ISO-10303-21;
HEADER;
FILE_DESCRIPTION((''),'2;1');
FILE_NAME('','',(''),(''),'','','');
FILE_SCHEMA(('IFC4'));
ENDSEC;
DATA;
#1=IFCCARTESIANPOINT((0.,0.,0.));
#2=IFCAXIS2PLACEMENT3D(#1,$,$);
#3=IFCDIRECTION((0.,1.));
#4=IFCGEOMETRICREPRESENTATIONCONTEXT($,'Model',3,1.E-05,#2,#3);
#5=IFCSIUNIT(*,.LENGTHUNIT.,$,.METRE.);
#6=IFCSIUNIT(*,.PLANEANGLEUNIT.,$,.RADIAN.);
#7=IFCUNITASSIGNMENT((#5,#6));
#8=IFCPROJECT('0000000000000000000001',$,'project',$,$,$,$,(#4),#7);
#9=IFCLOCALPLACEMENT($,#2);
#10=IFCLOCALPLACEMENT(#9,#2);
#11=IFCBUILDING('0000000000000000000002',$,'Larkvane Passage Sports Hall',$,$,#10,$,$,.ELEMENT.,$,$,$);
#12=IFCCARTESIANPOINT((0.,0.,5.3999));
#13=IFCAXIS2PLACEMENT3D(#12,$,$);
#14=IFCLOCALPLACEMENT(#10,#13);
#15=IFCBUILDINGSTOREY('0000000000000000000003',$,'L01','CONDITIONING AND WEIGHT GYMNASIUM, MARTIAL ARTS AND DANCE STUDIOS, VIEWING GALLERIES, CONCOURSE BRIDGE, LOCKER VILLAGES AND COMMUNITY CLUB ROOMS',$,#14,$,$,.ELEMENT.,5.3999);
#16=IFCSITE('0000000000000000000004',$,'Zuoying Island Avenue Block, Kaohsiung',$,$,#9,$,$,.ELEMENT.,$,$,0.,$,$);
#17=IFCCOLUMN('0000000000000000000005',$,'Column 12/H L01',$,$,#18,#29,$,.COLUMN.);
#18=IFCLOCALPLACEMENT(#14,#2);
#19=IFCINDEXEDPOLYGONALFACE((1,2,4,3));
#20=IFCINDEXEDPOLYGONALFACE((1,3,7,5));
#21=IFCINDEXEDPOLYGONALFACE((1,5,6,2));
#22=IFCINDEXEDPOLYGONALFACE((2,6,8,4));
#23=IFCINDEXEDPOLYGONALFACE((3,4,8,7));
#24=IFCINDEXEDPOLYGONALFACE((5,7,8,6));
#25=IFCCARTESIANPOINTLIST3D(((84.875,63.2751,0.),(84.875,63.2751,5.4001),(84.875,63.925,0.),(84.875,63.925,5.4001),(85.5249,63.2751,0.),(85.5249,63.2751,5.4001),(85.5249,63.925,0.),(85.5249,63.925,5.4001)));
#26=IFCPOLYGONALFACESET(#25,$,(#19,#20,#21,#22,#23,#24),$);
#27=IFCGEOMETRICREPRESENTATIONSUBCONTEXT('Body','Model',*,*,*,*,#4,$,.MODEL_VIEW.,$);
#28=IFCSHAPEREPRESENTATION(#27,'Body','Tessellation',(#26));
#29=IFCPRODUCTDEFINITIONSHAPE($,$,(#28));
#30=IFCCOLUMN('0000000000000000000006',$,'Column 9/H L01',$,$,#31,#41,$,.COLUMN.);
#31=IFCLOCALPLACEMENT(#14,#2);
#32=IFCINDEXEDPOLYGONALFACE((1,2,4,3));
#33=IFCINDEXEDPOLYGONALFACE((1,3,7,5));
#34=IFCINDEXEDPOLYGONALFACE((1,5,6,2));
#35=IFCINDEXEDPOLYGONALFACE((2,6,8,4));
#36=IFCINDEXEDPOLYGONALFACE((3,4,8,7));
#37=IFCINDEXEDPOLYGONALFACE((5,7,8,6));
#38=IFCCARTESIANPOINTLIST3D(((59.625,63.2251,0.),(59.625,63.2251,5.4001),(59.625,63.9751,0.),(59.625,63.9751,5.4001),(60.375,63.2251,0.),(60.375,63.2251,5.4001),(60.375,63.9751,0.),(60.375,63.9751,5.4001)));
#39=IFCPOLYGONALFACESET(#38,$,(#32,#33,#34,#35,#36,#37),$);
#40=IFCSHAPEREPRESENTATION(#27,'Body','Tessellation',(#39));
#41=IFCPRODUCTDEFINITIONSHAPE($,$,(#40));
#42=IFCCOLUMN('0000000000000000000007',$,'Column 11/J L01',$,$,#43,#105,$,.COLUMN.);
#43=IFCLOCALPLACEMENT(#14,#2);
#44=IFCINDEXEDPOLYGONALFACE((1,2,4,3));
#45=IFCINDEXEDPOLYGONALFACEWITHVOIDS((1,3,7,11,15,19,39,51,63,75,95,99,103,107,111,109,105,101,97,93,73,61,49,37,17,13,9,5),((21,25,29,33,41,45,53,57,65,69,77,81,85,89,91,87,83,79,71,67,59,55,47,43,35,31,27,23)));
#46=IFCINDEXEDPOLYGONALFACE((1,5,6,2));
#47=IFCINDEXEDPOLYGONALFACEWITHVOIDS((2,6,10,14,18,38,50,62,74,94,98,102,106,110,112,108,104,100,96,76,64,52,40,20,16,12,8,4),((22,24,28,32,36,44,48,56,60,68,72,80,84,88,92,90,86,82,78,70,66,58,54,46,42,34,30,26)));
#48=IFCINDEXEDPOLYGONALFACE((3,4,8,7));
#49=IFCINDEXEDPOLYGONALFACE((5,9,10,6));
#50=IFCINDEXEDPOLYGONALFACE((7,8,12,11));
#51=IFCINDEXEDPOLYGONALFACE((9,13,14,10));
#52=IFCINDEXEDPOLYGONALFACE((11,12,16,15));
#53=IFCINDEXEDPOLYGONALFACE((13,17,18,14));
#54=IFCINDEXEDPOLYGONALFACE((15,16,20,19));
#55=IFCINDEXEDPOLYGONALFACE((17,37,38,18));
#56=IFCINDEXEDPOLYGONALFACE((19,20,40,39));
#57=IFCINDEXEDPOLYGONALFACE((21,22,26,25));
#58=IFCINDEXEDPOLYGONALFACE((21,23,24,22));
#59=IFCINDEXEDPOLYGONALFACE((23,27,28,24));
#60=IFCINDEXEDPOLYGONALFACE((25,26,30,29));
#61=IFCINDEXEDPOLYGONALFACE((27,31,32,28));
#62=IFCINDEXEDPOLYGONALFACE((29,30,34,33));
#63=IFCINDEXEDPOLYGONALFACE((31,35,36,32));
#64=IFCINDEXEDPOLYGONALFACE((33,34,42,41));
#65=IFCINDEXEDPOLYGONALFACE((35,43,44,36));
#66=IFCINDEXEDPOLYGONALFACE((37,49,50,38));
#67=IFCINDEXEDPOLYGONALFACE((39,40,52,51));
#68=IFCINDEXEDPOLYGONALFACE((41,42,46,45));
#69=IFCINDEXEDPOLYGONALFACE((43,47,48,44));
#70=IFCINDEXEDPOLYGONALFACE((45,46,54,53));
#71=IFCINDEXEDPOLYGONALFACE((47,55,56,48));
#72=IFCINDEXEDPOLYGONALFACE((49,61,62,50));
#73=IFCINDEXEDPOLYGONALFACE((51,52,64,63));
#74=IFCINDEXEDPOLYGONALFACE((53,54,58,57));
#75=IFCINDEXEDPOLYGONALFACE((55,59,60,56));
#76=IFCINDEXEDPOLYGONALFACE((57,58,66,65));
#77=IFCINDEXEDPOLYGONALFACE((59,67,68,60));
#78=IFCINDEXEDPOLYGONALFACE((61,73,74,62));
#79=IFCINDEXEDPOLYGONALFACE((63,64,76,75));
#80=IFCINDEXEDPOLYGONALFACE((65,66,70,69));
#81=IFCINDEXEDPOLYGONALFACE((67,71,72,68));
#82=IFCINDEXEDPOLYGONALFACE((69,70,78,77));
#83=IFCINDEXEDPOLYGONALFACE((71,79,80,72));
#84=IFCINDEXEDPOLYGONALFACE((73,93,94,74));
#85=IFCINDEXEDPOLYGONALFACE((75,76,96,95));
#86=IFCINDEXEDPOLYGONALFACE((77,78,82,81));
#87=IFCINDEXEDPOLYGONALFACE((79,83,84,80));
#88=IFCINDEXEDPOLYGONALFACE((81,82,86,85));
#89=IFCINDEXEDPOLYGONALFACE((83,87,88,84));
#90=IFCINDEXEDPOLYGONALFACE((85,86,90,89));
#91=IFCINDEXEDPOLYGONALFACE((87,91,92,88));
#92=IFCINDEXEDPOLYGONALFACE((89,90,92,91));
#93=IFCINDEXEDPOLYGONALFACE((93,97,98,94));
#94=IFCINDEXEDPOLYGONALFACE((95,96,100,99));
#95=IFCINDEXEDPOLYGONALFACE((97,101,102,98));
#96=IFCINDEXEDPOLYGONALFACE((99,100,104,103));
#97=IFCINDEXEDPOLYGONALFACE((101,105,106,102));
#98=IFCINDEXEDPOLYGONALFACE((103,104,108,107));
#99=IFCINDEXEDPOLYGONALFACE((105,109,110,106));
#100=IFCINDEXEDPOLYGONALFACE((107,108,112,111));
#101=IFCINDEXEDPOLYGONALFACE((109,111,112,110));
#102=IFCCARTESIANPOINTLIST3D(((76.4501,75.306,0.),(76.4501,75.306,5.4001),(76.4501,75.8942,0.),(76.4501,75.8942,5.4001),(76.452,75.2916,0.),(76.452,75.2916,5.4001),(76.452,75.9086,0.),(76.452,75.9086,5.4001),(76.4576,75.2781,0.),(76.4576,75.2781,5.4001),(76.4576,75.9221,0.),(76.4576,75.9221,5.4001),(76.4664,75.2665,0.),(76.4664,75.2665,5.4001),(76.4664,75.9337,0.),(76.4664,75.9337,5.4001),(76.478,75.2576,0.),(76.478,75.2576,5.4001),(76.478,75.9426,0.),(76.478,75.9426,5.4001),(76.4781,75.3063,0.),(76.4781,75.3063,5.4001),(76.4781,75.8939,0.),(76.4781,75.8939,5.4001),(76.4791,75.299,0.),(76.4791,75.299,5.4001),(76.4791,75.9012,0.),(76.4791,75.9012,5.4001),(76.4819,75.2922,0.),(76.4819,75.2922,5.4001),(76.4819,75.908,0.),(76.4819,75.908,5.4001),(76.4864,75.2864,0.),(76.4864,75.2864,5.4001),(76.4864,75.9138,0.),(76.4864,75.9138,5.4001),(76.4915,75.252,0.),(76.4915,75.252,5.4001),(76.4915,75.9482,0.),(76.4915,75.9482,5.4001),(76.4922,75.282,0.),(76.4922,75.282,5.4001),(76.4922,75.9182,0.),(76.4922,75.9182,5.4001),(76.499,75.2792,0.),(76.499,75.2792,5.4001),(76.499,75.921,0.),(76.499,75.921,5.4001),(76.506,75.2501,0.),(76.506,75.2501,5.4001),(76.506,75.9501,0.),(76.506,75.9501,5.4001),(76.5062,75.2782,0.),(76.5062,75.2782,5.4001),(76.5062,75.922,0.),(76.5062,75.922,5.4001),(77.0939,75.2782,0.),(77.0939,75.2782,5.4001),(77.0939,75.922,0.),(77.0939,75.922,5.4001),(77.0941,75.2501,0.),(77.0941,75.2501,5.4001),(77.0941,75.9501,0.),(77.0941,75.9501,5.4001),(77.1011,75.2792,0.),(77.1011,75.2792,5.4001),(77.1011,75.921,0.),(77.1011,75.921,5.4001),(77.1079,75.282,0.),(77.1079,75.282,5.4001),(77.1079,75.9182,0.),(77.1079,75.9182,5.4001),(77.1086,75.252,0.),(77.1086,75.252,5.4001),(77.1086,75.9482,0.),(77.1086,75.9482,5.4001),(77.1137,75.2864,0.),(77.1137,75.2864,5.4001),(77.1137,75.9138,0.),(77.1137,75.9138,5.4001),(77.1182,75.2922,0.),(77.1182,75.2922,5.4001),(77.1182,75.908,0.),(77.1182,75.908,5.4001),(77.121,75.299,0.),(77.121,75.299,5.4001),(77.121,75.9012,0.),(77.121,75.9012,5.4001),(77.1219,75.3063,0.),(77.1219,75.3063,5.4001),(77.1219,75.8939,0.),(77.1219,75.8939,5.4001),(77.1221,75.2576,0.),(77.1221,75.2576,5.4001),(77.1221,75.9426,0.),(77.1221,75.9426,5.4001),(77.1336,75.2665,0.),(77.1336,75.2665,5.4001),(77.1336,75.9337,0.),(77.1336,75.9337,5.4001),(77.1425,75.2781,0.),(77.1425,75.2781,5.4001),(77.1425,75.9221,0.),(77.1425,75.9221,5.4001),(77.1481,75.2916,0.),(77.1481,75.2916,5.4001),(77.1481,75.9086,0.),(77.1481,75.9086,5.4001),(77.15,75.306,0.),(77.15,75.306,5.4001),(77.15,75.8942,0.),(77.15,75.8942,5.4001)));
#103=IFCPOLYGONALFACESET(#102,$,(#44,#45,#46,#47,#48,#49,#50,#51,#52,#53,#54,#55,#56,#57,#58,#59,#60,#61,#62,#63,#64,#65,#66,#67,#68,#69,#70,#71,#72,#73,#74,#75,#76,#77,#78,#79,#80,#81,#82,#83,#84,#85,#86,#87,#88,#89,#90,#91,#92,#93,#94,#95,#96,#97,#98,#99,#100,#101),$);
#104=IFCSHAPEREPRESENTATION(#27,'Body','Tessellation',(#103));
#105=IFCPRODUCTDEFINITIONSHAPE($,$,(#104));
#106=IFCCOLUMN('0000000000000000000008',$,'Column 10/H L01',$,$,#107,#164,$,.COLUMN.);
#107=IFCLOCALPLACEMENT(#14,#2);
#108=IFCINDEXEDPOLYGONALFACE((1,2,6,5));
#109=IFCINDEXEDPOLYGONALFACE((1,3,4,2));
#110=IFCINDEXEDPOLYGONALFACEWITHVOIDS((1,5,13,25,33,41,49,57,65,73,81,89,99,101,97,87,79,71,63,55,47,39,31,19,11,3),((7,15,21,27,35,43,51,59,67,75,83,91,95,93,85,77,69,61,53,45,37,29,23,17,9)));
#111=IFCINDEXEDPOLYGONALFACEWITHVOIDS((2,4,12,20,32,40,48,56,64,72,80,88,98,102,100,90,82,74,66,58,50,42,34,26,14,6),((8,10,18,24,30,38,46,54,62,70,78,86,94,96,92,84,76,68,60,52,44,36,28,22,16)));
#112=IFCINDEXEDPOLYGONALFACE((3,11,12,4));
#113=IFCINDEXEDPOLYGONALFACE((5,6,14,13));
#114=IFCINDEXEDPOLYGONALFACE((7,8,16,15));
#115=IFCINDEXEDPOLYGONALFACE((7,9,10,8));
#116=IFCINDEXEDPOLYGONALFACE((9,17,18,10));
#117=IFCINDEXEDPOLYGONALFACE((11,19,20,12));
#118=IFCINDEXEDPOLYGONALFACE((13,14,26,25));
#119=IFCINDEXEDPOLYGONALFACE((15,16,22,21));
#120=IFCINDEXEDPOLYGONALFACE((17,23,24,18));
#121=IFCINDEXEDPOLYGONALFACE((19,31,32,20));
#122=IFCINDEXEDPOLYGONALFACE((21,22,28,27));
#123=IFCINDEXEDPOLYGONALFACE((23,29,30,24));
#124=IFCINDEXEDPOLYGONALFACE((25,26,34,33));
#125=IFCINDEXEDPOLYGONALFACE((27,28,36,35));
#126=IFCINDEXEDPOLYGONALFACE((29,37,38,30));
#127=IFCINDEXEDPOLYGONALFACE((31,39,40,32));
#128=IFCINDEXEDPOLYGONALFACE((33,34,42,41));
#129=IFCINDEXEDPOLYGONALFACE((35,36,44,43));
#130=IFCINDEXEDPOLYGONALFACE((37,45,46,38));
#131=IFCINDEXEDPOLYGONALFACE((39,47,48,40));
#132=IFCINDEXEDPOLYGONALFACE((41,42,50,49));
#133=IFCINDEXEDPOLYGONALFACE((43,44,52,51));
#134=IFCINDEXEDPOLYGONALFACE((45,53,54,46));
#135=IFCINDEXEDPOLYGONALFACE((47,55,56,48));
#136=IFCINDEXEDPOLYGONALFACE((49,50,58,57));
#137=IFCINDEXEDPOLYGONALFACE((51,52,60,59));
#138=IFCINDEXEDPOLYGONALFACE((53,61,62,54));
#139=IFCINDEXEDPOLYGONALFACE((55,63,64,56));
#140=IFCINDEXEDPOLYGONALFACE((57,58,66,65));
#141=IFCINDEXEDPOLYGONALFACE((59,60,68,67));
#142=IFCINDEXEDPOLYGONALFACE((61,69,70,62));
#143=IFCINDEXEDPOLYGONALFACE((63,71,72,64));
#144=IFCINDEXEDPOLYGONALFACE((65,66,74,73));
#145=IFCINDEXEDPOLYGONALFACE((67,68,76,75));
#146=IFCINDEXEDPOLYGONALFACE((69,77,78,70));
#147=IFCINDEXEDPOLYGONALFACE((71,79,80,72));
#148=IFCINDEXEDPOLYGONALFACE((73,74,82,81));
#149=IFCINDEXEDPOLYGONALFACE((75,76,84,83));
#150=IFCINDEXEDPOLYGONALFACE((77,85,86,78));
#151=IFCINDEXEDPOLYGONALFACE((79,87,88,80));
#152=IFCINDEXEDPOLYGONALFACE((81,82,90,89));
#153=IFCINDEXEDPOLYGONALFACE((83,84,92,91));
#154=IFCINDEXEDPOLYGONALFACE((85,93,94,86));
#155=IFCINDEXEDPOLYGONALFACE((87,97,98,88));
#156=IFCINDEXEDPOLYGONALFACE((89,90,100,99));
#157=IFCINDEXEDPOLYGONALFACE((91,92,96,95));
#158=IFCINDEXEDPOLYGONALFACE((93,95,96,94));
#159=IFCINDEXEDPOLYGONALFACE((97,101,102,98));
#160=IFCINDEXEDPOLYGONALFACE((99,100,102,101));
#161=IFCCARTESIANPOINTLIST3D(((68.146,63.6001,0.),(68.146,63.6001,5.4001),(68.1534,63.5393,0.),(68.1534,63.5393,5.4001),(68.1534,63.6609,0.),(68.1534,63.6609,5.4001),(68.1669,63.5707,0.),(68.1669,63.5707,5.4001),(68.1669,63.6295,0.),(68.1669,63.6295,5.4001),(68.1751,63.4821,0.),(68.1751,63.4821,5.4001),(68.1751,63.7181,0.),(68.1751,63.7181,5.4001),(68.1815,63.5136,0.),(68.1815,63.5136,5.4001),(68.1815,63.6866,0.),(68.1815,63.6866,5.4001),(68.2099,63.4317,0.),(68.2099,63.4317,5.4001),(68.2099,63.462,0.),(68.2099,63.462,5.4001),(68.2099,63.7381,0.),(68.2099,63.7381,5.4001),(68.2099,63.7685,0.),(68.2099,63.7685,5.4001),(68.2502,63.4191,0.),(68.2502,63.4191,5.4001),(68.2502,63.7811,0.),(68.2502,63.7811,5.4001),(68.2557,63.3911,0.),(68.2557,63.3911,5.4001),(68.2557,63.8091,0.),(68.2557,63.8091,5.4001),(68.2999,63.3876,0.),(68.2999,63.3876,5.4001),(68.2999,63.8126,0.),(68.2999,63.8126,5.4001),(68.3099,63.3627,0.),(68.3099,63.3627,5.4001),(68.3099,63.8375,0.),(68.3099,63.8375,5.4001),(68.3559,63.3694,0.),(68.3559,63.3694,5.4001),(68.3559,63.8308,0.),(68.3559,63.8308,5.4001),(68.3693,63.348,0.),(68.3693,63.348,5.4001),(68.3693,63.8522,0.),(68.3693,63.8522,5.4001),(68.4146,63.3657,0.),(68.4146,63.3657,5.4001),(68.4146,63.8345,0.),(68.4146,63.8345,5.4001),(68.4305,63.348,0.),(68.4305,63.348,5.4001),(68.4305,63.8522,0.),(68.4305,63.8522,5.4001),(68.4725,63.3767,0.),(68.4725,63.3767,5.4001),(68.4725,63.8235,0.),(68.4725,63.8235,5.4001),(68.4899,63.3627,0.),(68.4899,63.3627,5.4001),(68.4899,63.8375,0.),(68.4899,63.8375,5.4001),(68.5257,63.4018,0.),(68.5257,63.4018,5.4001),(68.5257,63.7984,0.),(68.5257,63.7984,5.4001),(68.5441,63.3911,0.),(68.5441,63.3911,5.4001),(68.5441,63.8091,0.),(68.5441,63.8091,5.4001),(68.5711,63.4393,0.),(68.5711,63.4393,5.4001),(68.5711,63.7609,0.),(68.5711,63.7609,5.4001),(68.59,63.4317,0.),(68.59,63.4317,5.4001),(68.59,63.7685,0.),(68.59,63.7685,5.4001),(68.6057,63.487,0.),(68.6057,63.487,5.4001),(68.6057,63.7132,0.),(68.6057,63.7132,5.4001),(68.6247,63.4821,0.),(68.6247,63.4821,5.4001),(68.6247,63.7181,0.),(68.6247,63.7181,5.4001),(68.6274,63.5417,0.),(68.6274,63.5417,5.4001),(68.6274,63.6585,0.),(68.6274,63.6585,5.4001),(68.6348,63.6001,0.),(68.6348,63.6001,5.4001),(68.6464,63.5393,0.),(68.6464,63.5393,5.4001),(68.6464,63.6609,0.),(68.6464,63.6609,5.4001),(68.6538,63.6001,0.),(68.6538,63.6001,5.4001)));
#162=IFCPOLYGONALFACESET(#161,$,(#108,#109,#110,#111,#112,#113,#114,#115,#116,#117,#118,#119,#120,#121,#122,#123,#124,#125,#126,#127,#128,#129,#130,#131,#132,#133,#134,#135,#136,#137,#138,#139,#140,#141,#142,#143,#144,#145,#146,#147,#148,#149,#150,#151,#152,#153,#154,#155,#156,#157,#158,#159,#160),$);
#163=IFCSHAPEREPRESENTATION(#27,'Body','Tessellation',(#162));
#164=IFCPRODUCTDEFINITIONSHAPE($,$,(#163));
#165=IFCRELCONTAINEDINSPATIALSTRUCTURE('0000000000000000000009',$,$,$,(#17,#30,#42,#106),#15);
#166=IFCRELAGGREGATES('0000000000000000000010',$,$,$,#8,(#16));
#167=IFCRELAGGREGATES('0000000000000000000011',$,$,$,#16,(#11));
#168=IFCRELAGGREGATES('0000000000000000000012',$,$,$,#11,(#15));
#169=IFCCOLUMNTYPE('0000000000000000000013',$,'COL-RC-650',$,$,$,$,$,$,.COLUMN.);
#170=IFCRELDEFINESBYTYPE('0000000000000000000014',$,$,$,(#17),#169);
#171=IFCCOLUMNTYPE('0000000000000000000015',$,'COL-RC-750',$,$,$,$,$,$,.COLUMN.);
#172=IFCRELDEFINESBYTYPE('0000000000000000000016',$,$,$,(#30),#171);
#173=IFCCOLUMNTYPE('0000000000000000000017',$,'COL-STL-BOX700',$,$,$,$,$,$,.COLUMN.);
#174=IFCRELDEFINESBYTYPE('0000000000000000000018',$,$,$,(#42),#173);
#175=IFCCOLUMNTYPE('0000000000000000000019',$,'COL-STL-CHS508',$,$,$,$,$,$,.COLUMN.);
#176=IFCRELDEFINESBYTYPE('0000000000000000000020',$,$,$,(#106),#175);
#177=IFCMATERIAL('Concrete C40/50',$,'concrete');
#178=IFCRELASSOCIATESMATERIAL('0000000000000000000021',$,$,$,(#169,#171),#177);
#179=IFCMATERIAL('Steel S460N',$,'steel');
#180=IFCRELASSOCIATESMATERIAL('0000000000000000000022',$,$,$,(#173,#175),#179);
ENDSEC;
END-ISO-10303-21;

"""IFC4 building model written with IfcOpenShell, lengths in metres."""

from ifc_helpers import new_model, si_unit, direction, frame, origin, origin_2d, place, context, subcontext, project, spatial, rectangle, hollow_rectangle, hollow_circle, extrude, material, material_profile, profile_set, type_object, element, save


model = new_model("IFC4")

# Units and contexts
model_context = context("Model", 3, precision=1e-05, world=origin(), true_north=direction((0.0, 1.0)))
body_context = subcontext(model_context, "Body", "Model", "MODEL_VIEW")
ifc_project = project(units=[si_unit("LENGTHUNIT", "METRE"), si_unit("PLANEANGLEUNIT", "RADIAN")], contexts=[model_context])

# Site, building, storey
site_placement = place(None, origin())
site = spatial("IfcSite", under=ifc_project, at=site_placement, Name="Zuoying Island Avenue Block, Kaohsiung", CompositionType="ELEMENT", RefElevation=0.0)
building_placement = place(site_placement, origin())
building = spatial("IfcBuilding", under=site, at=building_placement, Name="Larkvane Passage Sports Hall", CompositionType="ELEMENT")
storey_placement = place(building_placement, frame((0.0, 0.0, 5.3999)))
storey = spatial("IfcBuildingStorey", under=building, at=storey_placement, Name="L01", Description="CONDITIONING AND WEIGHT GYMNASIUM, MARTIAL ARTS AND DANCE STUDIOS, VIEWING GALLERIES, CONCOURSE BRIDGE, LOCKER VILLAGES AND COMMUNITY CLUB ROOMS", CompositionType="ELEMENT", Elevation=5.3999)

# Columns
ifc_material_1 = material(Name="Concrete C40/50", Category="concrete")
ifc_material_profile_1 = material_profile(ifc_material_1, rectangle(XDim=0.6499, YDim=0.6499, at=origin_2d()), Name="RC-COL-650x650")
ifc_profile_set_1 = profile_set([ifc_material_profile_1], Name="Concrete C40/50")
column_type_1 = type_object("IfcColumnType", Name="COL-RC-650", PredefinedType="COLUMN", material=ifc_profile_set_1)
column_1_placement = place(storey_placement, frame((85.2, 63.6001, 0.0), z_axis=(0.0, 0.0, 1.0), x_axis=(1.0, 0.0, 0.0)))
element("IfcColumn", 1, at=column_1_placement, inside=storey, type_object=column_type_1, Name="Column 12/H L01", PredefinedType="COLUMN", context=body_context, shape_type="SweptSolid", body=[
    extrude(rectangle(XDim=0.6499, YDim=0.6499, at=origin_2d()), origin(), (0.0, 0.0, 1.0), 5.4001),
])
ifc_material_profile_2 = material_profile(ifc_material_1, rectangle(XDim=0.75, YDim=0.75, at=origin_2d()), Name="RC-COL-750x750")
ifc_profile_set_2 = profile_set([ifc_material_profile_2], Name="Concrete C40/50")
column_type_2 = type_object("IfcColumnType", Name="COL-RC-750", PredefinedType="COLUMN", material=ifc_profile_set_2)
column_2_placement = place(storey_placement, frame((60.0, 63.6001, 0.0), z_axis=(0.0, 0.0, 1.0), x_axis=(1.0, 0.0, 0.0)))
element("IfcColumn", 2, at=column_2_placement, inside=storey, type_object=column_type_2, Name="Column 9/H L01", PredefinedType="COLUMN", context=body_context, shape_type="SweptSolid", body=[
    extrude(rectangle(XDim=0.75, YDim=0.75, at=origin_2d()), origin(), (0.0, 0.0, 1.0), 5.4001),
])
ifc_material_2 = material(Name="Steel S460N", Category="steel")
ifc_material_profile_3 = material_profile(ifc_material_2, hollow_rectangle(XDim=0.7, YDim=0.7, WallThickness=0.0281, InnerFilletRadius=0.0281, OuterFilletRadius=0.0559, at=origin_2d()), Name="BOX-700x700x28")
ifc_profile_set_3 = profile_set([ifc_material_profile_3], Name="Steel S460N")
column_type_3 = type_object("IfcColumnType", Name="COL-STL-BOX700", PredefinedType="COLUMN", material=ifc_profile_set_3)
column_3_placement = place(storey_placement, frame((76.8, 75.6001, 0.0), z_axis=(0.0, 0.0, 1.0), x_axis=(1.0, 0.0, 0.0)))
element("IfcColumn", 3, at=column_3_placement, inside=storey, type_object=column_type_3, Name="Column 11/J L01", PredefinedType="COLUMN", context=body_context, shape_type="SweptSolid", body=[
    extrude(hollow_rectangle(XDim=0.7, YDim=0.7, WallThickness=0.0281, InnerFilletRadius=0.0281, OuterFilletRadius=0.0559, at=origin_2d()), origin(), (0.0, 0.0, 1.0), 5.4001),
])
ifc_material_profile_4 = material_profile(ifc_material_2, hollow_circle(Radius=0.2539, WallThickness=0.019, at=origin_2d()), Name="CHS-508.0x19.0")
ifc_profile_set_4 = profile_set([ifc_material_profile_4], Name="Steel S460N")
column_type_4 = type_object("IfcColumnType", Name="COL-STL-CHS508", PredefinedType="COLUMN", material=ifc_profile_set_4)
column_4_placement = place(storey_placement, frame((68.3999, 63.6001, 0.0), z_axis=(0.0, 0.0, 1.0), x_axis=(1.0, 0.0, 0.0)))
element("IfcColumn", 4, at=column_4_placement, inside=storey, type_object=column_type_4, Name="Column 10/H L01", PredefinedType="COLUMN", context=body_context, shape_type="SweptSolid", body=[
    extrude(hollow_circle(Radius=0.2539, WallThickness=0.019, at=origin_2d()), origin(), (0.0, 0.0, 1.0), 5.4001),
])

save(model, "model.ifc")
